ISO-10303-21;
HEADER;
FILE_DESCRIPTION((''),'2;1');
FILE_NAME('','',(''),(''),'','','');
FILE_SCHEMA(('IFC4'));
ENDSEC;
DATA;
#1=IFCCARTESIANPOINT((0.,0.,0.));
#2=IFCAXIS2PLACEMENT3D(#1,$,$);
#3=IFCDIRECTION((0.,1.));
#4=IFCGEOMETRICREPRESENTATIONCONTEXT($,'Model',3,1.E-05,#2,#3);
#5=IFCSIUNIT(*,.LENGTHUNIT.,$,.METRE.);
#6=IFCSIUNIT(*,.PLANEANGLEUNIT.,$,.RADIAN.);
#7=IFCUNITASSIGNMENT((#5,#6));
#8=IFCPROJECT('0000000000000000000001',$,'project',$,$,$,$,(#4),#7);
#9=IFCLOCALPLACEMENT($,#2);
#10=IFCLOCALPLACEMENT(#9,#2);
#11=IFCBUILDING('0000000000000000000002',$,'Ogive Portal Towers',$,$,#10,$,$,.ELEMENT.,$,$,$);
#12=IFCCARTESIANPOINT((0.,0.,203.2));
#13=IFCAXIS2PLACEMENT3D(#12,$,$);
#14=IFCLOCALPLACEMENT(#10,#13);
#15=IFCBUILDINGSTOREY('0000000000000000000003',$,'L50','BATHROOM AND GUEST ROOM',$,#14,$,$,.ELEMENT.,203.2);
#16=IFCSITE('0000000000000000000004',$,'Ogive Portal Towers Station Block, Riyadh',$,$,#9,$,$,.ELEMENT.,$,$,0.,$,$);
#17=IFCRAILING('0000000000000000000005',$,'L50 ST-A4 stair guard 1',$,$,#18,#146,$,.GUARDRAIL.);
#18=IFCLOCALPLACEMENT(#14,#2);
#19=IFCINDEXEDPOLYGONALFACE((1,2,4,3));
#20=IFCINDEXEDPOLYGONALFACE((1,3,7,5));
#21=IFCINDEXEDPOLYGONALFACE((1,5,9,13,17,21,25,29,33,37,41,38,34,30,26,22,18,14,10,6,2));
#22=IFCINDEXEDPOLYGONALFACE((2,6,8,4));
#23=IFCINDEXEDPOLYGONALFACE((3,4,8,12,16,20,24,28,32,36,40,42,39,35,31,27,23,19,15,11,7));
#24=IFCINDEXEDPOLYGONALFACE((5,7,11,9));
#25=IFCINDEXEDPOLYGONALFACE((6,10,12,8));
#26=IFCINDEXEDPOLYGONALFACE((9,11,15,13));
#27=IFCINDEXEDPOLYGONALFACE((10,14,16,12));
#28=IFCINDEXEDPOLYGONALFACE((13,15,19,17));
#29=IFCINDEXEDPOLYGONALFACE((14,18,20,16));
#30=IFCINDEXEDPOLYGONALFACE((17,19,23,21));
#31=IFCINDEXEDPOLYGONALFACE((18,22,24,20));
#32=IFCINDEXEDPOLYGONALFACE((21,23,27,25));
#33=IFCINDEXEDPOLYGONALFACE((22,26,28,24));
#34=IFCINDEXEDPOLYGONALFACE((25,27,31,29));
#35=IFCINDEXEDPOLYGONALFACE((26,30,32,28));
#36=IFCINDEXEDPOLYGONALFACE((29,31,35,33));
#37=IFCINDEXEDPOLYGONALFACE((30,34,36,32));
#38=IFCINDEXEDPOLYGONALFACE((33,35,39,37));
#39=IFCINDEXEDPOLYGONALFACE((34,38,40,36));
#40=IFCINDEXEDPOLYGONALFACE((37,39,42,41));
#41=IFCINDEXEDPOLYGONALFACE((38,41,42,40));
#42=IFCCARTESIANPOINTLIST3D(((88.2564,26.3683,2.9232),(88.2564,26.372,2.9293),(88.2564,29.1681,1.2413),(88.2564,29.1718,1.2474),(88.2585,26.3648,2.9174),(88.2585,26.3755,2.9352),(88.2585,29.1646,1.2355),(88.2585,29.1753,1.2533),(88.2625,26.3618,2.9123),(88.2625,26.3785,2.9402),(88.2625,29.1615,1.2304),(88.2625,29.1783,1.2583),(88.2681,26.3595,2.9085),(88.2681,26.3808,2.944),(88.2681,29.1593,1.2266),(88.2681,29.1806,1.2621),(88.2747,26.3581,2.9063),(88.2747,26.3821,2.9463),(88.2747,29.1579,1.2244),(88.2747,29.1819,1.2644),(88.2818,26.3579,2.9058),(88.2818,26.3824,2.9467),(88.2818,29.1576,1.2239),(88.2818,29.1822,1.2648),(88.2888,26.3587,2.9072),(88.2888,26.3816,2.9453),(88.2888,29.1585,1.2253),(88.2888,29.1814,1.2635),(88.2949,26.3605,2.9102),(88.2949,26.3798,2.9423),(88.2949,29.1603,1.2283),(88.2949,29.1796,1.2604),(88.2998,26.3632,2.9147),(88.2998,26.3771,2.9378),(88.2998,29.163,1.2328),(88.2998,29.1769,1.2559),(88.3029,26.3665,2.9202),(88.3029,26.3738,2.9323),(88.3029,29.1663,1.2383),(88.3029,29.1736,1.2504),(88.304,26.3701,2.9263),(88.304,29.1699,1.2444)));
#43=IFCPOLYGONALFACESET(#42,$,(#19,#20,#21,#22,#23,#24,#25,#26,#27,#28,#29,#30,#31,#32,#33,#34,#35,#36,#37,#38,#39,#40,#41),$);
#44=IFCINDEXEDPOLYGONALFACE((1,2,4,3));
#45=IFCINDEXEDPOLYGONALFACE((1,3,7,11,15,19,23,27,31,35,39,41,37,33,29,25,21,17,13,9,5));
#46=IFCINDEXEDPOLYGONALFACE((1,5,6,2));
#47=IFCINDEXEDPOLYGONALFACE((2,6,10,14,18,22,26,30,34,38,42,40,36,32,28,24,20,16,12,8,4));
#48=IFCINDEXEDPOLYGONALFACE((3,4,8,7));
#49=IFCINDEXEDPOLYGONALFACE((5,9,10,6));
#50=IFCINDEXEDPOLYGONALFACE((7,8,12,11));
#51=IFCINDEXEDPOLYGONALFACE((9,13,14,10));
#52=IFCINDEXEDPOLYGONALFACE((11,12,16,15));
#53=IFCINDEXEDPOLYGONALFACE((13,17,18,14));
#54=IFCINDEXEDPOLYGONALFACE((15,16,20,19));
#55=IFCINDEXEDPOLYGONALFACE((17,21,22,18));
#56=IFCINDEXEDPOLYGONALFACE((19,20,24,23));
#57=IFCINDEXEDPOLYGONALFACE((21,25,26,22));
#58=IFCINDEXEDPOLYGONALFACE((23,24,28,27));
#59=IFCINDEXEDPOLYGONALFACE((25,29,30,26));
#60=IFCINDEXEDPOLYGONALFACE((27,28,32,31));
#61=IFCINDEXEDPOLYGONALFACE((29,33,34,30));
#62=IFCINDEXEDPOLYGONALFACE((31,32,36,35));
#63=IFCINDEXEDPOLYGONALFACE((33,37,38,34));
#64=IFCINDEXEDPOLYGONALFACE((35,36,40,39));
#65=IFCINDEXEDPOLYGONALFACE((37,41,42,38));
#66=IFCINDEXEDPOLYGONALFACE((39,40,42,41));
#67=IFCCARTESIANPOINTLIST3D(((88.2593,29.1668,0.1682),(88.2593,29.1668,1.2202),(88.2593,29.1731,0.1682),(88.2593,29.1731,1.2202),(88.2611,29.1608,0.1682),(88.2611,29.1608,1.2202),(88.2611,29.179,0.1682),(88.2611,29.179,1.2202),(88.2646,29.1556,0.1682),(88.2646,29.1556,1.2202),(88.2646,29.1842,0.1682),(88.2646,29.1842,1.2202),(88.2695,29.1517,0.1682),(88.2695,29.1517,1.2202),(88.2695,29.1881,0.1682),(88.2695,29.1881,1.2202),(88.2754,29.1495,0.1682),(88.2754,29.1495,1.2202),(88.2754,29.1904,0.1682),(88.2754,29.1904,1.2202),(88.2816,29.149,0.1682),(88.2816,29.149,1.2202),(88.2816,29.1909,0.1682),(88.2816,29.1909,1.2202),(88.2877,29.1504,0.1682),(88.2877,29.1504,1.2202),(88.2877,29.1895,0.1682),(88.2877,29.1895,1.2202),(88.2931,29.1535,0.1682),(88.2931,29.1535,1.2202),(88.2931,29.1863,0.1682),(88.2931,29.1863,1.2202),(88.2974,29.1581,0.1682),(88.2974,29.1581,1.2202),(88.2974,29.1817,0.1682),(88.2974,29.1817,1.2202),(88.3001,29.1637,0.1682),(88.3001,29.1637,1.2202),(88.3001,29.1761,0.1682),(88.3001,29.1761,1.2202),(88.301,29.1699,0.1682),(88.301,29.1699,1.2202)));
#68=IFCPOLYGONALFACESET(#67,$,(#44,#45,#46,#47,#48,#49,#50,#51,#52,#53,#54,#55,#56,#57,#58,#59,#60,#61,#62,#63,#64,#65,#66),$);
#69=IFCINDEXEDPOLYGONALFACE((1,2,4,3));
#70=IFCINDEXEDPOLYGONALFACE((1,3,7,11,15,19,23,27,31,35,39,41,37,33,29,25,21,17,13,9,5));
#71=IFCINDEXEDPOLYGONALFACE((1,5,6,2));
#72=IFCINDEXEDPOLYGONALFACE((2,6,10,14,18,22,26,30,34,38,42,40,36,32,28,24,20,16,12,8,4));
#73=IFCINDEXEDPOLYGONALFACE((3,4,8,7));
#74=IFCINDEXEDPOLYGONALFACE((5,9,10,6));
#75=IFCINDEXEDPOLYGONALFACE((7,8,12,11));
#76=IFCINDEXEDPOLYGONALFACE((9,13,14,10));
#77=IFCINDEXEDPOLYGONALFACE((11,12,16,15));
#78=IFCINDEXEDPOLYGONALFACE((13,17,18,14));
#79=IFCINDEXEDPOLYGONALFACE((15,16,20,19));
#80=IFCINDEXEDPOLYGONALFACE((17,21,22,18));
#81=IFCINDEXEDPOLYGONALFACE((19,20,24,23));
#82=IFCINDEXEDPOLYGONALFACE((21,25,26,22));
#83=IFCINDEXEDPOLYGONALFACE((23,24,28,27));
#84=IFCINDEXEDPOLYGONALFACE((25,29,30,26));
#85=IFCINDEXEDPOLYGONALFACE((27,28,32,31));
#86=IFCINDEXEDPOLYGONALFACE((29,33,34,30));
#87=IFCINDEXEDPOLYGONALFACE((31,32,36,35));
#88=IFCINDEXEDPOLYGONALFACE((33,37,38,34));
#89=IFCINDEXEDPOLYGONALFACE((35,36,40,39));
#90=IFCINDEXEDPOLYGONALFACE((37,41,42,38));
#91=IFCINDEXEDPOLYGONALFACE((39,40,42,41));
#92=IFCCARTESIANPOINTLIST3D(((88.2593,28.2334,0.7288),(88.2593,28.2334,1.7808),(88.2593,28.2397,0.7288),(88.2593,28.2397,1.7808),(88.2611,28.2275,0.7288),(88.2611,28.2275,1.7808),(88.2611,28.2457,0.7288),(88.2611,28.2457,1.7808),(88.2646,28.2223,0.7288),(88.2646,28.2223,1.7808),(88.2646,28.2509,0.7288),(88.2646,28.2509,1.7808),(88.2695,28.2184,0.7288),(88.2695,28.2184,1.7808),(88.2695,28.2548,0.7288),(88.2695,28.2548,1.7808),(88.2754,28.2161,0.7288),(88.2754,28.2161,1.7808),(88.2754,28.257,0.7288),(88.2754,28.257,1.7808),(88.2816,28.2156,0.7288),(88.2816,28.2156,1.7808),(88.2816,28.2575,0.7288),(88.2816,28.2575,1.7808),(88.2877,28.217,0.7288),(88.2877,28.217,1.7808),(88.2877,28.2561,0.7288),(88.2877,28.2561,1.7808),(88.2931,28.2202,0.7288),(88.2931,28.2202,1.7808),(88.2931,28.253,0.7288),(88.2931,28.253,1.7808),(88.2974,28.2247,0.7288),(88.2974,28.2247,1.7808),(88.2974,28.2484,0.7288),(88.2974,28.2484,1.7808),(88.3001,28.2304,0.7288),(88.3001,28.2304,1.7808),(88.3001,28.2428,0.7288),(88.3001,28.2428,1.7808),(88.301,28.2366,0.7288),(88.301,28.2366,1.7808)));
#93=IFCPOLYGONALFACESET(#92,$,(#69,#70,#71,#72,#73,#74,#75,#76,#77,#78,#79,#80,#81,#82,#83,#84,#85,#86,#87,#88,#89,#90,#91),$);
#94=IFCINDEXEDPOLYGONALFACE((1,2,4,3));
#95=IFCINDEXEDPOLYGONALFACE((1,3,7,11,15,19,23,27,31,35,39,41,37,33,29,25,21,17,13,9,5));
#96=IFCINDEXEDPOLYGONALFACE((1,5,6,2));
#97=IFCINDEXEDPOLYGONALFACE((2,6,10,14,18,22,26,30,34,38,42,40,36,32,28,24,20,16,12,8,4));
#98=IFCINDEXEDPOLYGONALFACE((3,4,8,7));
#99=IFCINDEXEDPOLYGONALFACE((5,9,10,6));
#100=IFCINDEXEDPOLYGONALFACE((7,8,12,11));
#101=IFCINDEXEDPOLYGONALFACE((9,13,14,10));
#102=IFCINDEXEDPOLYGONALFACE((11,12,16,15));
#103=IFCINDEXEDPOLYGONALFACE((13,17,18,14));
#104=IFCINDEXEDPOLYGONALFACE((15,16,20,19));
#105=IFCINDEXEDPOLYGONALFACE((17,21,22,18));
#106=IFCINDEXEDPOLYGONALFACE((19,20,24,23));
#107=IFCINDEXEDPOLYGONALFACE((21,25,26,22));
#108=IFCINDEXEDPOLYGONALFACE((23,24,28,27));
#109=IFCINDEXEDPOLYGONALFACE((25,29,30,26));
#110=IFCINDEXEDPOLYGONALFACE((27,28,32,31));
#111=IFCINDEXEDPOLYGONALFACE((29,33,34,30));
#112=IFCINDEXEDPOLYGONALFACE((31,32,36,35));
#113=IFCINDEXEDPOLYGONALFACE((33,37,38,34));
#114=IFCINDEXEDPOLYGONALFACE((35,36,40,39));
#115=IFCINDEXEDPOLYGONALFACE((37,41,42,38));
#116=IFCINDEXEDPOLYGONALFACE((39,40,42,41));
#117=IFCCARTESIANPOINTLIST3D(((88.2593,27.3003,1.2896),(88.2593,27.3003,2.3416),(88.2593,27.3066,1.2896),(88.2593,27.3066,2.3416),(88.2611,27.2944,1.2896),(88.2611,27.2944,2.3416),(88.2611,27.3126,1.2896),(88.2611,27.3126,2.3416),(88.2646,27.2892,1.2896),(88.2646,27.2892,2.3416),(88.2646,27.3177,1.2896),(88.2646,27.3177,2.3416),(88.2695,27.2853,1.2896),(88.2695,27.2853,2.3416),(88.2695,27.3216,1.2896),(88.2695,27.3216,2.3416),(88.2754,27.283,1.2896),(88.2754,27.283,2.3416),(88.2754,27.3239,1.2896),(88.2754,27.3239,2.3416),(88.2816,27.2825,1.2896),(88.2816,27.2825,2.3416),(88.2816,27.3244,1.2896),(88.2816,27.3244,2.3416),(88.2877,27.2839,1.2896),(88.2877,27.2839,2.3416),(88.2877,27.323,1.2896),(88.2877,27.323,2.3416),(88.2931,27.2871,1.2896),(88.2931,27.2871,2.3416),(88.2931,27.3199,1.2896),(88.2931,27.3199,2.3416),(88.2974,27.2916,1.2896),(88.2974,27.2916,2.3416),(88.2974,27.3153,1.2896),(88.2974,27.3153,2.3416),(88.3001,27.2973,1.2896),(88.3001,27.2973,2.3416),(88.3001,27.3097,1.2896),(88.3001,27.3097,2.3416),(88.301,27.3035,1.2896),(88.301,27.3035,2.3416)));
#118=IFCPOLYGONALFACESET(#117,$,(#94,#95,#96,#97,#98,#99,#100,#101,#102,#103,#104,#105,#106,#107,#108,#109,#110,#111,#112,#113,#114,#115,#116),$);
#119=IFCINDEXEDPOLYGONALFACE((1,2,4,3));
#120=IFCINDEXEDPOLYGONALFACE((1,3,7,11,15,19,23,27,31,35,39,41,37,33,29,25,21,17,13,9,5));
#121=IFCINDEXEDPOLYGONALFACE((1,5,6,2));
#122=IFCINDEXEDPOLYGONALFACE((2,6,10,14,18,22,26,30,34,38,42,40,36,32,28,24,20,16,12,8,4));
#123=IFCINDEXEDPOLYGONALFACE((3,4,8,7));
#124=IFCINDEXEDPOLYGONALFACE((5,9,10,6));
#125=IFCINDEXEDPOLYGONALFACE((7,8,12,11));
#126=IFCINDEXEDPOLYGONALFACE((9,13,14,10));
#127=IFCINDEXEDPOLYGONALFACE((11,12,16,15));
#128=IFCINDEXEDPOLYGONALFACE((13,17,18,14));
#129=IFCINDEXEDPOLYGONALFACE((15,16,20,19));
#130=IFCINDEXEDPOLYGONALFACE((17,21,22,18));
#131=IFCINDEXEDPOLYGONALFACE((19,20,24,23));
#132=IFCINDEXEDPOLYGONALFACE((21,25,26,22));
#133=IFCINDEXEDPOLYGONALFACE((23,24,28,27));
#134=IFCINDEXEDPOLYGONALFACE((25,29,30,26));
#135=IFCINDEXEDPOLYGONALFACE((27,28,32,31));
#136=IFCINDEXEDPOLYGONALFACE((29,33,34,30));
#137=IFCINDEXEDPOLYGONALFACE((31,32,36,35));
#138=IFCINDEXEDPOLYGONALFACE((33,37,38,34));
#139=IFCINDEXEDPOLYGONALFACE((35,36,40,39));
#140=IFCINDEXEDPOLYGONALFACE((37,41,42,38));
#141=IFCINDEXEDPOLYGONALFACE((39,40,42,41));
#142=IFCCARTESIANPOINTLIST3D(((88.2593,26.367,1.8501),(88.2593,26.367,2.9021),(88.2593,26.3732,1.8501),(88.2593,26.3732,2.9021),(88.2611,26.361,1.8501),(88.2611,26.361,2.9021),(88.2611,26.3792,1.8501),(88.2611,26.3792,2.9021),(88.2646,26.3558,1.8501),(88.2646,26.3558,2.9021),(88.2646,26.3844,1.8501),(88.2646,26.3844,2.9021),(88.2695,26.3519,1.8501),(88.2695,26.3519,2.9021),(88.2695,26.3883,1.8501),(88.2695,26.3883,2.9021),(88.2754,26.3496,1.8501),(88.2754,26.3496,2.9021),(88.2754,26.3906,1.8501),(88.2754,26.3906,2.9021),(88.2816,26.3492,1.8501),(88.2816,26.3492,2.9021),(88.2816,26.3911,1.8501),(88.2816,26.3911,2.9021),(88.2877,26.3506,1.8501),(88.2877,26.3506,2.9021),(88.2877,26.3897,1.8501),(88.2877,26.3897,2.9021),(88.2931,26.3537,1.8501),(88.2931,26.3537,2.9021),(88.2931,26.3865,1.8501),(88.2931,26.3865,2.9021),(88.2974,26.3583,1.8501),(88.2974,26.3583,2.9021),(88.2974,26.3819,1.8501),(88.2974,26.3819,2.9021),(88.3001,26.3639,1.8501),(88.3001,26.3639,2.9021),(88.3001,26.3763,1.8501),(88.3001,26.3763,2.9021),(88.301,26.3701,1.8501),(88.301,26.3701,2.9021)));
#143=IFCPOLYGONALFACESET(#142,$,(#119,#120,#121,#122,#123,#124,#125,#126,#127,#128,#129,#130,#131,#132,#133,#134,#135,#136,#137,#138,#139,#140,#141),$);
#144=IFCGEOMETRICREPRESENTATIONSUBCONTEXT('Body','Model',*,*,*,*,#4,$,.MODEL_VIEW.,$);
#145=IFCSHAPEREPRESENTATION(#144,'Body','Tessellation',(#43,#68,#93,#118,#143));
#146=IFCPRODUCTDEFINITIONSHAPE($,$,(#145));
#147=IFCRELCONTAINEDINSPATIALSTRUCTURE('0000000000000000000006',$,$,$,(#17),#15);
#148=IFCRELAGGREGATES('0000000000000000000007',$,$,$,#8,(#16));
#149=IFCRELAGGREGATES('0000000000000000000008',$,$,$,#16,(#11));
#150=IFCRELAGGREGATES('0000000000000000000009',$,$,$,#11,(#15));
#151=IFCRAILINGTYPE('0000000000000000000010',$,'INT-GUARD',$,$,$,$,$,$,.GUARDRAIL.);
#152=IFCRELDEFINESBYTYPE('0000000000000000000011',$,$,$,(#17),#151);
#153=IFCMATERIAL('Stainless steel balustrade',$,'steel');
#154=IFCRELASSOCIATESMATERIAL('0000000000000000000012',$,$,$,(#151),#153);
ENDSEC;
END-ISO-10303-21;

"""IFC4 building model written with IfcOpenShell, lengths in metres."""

from ifc_helpers import new_model, si_unit, direction, frame, origin, origin_2d, place, context, subcontext, project, spatial, circle, extrude, material, type_object, element, save


model = new_model("IFC4")

# Units and contexts
model_context = context("Model", 3, precision=1e-05, world=origin(), true_north=direction((0.0, 1.0)))
body_context = subcontext(model_context, "Body", "Model", "MODEL_VIEW")
ifc_project = project(units=[si_unit("LENGTHUNIT", "METRE"), si_unit("PLANEANGLEUNIT", "RADIAN")], contexts=[model_context])

# Site, building, storey
site_placement = place(None, origin())
site = spatial("IfcSite", under=ifc_project, at=site_placement, Name="Ogive Portal Towers Station Block, Riyadh", CompositionType="ELEMENT", RefElevation=0.0)
building_placement = place(site_placement, origin())
building = spatial("IfcBuilding", under=site, at=building_placement, Name="Ogive Portal Towers", CompositionType="ELEMENT")
storey_placement = place(building_placement, frame((0.0, 0.0, 203.2)))
storey = spatial("IfcBuildingStorey", under=building, at=storey_placement, Name="L50", Description="BATHROOM AND GUEST ROOM", CompositionType="ELEMENT", Elevation=203.2)

# Railing
ifc_material_1 = material(Name="Stainless steel balustrade", Category="steel")
railing_type_1 = type_object("IfcRailingType", Name="INT-GUARD", PredefinedType="GUARDRAIL", material=ifc_material_1)
railing_1_placement = place(storey_placement, frame((88.28, 29.1699, 0.1682)))
element("IfcRailing", 1, at=railing_1_placement, inside=storey, type_object=railing_type_1, Name="L50 ST-A4 stair guard 1", PredefinedType="GUARDRAIL", context=body_context, shape_type="SweptSolid", body=[
    extrude(circle(Radius=0.0239, at=origin_2d()), frame((0.0, 0.0, 1.0762), z_axis=(0.0, -0.857222, 0.514946), x_axis=(1.0, 0.0, 0.0)), (0.0, 0.0, 1.0), 3.2661),
    extrude(circle(Radius=0.021, at=origin_2d()), origin(), (0.0, 0.0, 1.0), 1.052),
    extrude(circle(Radius=0.021, at=origin_2d()), frame((0.0, -0.9333, 0.5605)), (0.0, 0.0, 1.0), 1.052),
    extrude(circle(Radius=0.021, at=origin_2d()), frame((0.0, -1.8665, 1.1213)), (0.0, 0.0, 1.0), 1.052),
    extrude(circle(Radius=0.021, at=origin_2d()), frame((0.0, -2.7998, 1.6819)), (0.0, 0.0, 1.0), 1.052),
])

save(model, "model.ifc")
